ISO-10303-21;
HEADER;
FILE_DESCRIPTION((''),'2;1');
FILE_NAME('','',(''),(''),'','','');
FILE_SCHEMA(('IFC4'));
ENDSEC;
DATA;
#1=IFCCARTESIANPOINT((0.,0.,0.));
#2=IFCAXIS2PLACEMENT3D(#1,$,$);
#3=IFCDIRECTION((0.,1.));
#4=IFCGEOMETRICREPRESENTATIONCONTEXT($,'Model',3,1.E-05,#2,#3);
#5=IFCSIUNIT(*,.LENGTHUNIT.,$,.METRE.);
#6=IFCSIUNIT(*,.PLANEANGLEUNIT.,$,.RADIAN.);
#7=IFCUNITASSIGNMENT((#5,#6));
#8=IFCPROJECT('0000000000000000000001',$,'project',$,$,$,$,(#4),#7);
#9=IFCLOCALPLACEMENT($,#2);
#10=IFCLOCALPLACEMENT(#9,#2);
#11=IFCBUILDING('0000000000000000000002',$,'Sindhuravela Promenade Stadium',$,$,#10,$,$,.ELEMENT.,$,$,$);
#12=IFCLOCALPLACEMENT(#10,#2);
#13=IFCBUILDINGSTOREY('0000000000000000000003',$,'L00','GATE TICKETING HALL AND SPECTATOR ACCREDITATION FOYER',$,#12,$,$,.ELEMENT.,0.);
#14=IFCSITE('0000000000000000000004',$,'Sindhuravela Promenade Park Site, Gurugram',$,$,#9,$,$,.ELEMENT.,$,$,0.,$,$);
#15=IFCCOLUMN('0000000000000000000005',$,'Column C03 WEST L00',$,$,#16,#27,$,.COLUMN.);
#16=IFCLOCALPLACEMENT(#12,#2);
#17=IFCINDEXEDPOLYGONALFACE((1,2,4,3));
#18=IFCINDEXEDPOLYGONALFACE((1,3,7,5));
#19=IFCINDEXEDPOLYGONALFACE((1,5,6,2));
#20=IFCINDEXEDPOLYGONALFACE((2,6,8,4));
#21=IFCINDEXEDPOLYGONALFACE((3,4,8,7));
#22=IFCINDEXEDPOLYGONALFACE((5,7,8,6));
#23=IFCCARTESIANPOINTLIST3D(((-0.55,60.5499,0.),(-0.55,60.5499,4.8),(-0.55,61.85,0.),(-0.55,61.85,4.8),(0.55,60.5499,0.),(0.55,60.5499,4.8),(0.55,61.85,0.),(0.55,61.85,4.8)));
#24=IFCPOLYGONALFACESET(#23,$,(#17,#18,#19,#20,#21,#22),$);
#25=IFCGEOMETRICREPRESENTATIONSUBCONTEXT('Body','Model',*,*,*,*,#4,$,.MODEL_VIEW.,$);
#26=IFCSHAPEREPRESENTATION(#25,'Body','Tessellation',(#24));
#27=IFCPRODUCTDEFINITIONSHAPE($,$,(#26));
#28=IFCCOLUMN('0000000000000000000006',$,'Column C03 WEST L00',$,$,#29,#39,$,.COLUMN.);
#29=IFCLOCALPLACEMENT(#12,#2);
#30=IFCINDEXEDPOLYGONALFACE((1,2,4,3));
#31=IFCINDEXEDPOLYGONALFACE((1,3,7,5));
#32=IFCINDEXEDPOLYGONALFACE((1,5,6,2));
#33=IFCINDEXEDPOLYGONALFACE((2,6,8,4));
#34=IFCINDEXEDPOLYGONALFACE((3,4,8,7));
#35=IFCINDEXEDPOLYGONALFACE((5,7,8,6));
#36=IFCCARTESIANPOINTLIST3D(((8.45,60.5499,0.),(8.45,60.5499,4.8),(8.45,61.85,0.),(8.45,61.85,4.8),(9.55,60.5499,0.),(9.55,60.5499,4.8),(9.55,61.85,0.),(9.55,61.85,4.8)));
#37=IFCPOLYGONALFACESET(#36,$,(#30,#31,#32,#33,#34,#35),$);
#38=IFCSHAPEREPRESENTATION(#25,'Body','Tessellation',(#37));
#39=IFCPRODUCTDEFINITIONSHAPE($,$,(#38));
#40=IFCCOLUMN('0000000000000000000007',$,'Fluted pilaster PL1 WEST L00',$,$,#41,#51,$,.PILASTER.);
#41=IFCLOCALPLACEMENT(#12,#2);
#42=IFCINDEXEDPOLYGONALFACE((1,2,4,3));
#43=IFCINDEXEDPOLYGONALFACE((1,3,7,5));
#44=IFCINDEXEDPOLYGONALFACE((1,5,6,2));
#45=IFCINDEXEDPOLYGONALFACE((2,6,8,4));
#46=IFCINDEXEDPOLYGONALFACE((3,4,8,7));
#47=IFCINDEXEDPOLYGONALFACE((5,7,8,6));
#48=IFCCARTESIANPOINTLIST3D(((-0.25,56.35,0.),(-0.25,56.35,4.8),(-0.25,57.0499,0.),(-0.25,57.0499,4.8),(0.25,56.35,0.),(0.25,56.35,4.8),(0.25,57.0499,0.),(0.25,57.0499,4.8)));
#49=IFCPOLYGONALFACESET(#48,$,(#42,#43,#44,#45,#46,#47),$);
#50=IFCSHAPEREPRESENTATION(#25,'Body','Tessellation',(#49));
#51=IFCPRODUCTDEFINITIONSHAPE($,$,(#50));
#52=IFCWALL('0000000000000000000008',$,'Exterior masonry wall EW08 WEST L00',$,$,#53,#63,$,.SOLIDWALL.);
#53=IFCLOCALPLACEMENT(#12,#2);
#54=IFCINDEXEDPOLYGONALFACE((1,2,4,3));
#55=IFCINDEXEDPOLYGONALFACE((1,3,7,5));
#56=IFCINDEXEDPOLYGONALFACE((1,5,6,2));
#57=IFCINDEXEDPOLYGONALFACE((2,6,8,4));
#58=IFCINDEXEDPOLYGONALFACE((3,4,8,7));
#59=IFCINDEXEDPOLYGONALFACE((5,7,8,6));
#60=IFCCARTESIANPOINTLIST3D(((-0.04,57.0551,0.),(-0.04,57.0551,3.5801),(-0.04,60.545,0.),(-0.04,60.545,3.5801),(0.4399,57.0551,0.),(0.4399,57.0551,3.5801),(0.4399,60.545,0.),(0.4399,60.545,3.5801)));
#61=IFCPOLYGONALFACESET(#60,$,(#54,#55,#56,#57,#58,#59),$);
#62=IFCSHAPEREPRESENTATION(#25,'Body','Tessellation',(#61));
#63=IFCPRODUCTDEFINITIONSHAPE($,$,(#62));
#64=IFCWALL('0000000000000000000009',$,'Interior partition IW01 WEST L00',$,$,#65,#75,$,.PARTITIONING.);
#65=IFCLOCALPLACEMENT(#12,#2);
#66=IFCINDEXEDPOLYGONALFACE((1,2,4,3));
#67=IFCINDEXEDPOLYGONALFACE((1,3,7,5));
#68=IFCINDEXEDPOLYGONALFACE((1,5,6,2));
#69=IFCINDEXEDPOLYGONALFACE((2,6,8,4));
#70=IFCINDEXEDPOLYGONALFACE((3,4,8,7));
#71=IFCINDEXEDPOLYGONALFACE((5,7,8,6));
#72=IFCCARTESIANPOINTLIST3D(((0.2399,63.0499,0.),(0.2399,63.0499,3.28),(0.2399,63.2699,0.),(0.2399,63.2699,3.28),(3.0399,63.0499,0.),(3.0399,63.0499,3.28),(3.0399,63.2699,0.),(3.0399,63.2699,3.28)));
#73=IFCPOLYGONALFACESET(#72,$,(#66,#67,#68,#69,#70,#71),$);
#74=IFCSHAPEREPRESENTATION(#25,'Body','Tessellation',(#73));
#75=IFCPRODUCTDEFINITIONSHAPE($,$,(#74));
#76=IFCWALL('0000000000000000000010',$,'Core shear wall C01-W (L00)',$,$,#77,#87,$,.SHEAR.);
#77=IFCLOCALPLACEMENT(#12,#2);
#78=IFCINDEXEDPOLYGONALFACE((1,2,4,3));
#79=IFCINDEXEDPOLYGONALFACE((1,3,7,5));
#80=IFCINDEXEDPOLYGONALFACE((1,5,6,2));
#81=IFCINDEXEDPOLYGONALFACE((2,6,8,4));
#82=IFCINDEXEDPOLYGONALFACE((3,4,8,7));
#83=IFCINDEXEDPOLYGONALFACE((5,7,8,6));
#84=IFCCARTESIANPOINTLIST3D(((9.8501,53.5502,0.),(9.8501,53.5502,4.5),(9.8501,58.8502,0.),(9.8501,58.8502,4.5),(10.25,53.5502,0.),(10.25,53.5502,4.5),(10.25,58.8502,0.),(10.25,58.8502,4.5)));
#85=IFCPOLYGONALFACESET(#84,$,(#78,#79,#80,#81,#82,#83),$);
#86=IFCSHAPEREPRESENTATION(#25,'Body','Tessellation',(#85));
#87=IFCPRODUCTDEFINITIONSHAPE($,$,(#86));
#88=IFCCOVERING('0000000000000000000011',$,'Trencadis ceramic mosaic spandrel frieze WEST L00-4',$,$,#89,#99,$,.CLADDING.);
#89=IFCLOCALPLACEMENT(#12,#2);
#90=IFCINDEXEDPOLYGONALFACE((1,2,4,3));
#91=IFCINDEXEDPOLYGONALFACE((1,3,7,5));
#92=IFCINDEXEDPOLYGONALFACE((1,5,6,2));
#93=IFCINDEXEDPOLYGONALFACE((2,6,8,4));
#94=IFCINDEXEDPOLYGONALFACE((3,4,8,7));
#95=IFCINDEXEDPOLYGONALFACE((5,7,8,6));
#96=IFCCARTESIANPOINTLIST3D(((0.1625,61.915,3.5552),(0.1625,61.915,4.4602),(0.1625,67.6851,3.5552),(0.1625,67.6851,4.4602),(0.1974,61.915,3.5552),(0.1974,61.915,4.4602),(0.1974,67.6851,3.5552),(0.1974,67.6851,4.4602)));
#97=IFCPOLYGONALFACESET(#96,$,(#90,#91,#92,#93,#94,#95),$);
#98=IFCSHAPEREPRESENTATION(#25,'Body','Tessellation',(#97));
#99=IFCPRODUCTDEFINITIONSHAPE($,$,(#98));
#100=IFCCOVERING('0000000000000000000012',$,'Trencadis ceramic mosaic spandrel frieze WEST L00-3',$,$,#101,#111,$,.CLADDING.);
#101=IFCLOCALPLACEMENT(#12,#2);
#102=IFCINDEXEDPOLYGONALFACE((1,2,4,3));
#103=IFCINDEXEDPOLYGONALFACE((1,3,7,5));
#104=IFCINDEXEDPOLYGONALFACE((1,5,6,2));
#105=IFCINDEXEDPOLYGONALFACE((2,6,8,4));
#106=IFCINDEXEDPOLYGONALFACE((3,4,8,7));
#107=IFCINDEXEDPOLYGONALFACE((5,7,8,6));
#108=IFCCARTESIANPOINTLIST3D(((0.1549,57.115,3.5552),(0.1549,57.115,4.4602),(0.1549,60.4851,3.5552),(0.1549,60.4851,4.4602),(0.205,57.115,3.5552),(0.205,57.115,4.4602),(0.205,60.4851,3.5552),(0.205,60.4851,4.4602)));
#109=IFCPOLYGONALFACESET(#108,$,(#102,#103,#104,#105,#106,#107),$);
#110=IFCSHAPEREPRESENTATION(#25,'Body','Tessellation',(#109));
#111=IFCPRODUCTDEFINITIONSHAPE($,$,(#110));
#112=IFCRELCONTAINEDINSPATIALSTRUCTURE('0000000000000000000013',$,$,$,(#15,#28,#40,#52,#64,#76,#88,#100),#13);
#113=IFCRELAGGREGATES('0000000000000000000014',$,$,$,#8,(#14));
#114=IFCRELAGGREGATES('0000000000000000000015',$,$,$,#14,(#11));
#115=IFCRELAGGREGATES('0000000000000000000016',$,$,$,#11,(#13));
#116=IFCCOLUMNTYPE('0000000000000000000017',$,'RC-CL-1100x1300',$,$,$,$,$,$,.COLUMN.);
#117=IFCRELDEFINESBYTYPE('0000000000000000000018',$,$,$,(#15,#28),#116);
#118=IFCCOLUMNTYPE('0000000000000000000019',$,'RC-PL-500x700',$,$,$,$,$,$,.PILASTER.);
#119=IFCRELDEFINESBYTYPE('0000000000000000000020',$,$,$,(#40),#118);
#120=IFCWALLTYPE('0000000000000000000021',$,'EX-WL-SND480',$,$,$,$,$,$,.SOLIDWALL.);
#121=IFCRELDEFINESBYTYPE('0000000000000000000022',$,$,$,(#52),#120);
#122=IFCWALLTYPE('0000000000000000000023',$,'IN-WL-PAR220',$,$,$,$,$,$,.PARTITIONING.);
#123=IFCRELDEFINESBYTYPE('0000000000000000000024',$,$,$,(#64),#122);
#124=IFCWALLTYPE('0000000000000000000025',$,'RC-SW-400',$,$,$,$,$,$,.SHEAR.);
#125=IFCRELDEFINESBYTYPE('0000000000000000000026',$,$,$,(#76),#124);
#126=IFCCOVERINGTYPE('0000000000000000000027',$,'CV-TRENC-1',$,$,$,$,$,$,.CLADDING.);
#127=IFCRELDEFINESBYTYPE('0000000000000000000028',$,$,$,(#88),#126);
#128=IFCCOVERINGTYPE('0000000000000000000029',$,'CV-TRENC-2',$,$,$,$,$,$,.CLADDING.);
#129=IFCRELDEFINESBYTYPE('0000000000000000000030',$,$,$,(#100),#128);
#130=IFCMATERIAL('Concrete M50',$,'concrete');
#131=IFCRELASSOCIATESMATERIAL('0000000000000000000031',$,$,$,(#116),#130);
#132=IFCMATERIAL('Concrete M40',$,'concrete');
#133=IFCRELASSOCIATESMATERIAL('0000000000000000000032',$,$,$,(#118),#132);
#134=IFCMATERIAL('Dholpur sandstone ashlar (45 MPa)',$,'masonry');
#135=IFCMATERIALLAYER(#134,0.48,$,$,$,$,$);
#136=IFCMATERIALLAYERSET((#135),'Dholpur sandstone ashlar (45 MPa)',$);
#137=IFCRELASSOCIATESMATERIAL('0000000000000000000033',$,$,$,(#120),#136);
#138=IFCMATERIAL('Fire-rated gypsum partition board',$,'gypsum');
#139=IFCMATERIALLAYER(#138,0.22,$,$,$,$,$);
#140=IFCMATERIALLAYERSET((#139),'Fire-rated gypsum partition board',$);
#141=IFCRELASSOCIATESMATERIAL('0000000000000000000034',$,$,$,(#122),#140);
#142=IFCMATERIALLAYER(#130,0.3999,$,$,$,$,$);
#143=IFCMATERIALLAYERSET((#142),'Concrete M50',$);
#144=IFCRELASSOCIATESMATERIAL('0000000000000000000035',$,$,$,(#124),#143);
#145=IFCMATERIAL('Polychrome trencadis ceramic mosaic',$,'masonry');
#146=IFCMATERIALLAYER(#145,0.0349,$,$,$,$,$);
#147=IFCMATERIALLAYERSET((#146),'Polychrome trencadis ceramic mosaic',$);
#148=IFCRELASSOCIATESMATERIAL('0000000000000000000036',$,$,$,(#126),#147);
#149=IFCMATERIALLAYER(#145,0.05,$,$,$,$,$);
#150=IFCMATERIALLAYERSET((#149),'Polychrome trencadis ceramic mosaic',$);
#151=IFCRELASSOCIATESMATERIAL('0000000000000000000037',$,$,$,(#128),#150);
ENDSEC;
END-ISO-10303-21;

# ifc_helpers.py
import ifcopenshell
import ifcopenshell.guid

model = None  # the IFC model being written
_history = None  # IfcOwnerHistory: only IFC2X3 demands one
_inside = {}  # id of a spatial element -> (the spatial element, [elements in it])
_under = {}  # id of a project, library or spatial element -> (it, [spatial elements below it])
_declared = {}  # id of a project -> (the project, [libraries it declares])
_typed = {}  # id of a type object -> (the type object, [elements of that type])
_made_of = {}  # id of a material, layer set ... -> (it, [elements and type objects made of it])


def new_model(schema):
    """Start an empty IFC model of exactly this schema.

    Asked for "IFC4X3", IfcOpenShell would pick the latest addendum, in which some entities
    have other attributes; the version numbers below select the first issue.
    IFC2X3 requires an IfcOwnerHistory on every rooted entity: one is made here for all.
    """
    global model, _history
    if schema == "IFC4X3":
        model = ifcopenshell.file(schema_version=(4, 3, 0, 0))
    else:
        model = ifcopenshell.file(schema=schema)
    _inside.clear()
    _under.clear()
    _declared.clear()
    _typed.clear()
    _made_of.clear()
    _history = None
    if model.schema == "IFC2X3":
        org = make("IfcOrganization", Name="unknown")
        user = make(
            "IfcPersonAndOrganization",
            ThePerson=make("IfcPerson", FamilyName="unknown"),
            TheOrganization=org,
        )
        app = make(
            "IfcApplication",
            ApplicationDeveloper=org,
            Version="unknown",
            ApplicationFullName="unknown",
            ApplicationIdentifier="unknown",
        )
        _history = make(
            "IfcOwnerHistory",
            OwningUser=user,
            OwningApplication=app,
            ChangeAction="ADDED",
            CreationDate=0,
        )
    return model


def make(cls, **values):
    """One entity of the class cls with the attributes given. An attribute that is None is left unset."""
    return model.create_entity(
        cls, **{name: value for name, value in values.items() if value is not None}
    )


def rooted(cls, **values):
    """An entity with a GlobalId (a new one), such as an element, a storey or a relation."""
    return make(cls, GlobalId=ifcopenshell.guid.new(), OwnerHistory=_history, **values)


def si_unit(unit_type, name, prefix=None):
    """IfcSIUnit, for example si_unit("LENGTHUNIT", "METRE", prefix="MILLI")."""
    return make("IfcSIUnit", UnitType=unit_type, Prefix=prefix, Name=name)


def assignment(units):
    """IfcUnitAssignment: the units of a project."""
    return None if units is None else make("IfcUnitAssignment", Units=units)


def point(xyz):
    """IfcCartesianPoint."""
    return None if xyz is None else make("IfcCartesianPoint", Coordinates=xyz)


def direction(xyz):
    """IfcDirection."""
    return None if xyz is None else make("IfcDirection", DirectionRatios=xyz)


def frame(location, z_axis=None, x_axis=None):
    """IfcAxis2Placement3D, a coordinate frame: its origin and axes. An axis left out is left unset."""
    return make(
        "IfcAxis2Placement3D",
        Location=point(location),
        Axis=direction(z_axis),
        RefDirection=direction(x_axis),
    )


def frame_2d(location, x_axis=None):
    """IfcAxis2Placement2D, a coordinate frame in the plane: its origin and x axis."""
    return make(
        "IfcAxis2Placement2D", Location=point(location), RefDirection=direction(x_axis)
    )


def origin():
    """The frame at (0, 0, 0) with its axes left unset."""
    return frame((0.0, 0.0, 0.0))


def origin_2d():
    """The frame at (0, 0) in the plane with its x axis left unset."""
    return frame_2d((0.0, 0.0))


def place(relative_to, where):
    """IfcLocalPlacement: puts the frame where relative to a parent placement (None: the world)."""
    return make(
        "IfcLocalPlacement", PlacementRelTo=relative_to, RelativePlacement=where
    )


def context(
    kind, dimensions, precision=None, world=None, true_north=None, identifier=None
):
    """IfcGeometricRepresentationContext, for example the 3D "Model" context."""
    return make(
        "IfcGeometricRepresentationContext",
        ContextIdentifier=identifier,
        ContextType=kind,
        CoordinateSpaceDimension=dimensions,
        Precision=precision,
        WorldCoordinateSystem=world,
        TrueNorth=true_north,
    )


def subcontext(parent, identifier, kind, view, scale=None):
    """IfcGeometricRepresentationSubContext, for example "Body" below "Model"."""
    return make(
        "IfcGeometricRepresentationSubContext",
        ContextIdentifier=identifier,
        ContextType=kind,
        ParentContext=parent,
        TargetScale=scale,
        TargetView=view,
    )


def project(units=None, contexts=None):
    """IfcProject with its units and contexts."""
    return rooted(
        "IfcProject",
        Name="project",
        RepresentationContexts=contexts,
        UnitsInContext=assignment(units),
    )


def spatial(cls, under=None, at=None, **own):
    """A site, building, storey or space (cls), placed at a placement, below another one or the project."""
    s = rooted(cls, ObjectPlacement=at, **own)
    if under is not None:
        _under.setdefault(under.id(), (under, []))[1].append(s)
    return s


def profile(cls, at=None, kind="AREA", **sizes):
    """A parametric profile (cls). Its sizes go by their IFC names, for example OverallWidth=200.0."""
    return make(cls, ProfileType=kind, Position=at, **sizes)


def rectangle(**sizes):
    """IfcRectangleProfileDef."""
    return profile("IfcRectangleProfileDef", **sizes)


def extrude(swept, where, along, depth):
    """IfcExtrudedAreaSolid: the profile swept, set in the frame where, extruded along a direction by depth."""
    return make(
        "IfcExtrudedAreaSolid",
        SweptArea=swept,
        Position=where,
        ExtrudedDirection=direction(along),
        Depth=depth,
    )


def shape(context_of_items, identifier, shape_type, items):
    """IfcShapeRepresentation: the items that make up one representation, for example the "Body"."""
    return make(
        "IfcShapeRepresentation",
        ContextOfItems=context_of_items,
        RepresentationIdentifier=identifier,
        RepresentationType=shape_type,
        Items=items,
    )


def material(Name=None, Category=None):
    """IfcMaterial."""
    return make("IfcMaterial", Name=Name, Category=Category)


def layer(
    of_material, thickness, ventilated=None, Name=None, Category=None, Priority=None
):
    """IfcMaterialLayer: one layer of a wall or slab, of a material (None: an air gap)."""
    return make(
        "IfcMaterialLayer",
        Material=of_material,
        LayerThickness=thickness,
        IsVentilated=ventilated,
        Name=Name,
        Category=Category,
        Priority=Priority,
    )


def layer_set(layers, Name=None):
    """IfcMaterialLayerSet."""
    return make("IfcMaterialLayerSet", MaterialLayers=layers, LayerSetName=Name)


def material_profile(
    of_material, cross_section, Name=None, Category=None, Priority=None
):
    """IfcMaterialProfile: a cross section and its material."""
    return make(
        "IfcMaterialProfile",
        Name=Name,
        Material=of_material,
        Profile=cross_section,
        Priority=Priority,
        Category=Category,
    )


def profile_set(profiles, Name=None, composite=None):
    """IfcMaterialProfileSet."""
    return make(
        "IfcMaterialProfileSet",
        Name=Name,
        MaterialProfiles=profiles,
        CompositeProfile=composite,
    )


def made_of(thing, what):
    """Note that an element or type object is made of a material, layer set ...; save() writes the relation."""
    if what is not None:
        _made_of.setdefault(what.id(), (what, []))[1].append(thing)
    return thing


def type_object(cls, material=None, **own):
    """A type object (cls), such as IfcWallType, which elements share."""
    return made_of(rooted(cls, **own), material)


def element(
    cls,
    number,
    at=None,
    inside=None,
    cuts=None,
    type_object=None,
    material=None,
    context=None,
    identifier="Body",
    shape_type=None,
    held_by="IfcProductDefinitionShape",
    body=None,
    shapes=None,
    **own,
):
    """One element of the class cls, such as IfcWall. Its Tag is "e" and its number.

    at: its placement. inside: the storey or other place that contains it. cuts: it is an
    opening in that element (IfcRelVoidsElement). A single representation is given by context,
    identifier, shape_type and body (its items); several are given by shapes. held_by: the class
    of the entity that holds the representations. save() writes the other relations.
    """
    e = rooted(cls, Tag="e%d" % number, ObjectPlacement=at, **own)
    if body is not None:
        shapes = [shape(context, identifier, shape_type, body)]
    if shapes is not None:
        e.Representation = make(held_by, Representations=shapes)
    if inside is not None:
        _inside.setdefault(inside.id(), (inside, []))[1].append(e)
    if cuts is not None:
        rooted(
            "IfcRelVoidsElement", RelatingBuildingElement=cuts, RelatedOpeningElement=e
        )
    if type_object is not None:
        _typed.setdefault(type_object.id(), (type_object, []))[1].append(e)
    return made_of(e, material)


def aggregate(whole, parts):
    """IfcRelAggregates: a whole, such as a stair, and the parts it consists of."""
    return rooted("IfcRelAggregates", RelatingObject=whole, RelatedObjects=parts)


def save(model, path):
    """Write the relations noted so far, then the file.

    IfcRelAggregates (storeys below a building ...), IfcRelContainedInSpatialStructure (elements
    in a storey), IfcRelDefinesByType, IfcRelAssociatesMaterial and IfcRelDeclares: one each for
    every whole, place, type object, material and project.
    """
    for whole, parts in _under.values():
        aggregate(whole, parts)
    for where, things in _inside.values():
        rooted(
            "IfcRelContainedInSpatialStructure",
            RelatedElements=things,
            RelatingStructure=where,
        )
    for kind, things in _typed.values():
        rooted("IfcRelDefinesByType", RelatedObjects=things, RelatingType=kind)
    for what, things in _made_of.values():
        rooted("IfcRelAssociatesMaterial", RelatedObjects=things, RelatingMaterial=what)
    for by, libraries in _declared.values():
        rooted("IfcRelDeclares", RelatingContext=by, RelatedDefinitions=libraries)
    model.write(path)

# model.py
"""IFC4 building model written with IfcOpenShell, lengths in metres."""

from ifc_helpers import new_model, si_unit, direction, frame, frame_2d, origin, origin_2d, place, context, subcontext, project, spatial, rectangle, extrude, material, layer, layer_set, material_profile, profile_set, type_object, element, save


model = new_model("IFC4")

# Units and contexts
model_context = context("Model", 3, precision=1e-05, world=origin(), true_north=direction((0.0, 1.0)))
body_context = subcontext(model_context, "Body", "Model", "MODEL_VIEW")
ifc_project = project(units=[si_unit("LENGTHUNIT", "METRE"), si_unit("PLANEANGLEUNIT", "RADIAN")], contexts=[model_context])

# Site, building, storey
site_placement = place(None, origin())
site = spatial("IfcSite", under=ifc_project, at=site_placement, Name="Sindhuravela Promenade Park Site, Gurugram", CompositionType="ELEMENT", RefElevation=0.0)
building_placement = place(site_placement, origin())
building = spatial("IfcBuilding", under=site, at=building_placement, Name="Sindhuravela Promenade Stadium", CompositionType="ELEMENT")
storey_placement = place(building_placement, origin())
storey = spatial("IfcBuildingStorey", under=building, at=storey_placement, Name="L00", Description="GATE TICKETING HALL AND SPECTATOR ACCREDITATION FOYER", CompositionType="ELEMENT", Elevation=0.0)

# Shared definitions
ifc_material_1 = material(Name="Concrete M50", Category="concrete")

# Shared definitions
ifc_material_2 = material(Name="Concrete M40", Category="concrete")

# Columns
ifc_material_profile_1 = material_profile(ifc_material_1, rectangle(XDim=1.1001, YDim=1.3, at=origin_2d()), Name="RC 1100x1300")
ifc_profile_set_1 = profile_set([ifc_material_profile_1], Name="Concrete M50")
column_type_1 = type_object("IfcColumnType", Name="RC-CL-1100x1300", PredefinedType="COLUMN", material=ifc_profile_set_1)
for number, where, z_axis, x_axis, name in (
    (1, (0.0, 61.2, 0.0), (0.0, 0.0, 1.0), (1.0, 0.0, 0.0), "Column C03 WEST L00"),
    (2, (9.0, 61.2, 0.0), (0.0, 0.0, 1.0), (1.0, 0.0, 0.0), "Column C03 WEST L00"),
):
    element("IfcColumn", number, at=place(storey_placement, frame(where, z_axis=z_axis, x_axis=x_axis)), inside=storey, type_object=column_type_1, Name=name, PredefinedType="COLUMN", context=body_context, shape_type="SweptSolid", body=[
        extrude(rectangle(XDim=1.1001, YDim=1.3, at=origin_2d()), origin(), (0.0, 0.0, 1.0), 4.8),
    ])
ifc_material_profile_2 = material_profile(ifc_material_2, rectangle(XDim=0.5, YDim=0.7, at=origin_2d()), Name="PIL 500x700")
ifc_profile_set_2 = profile_set([ifc_material_profile_2], Name="Concrete M40")
column_type_2 = type_object("IfcColumnType", Name="RC-PL-500x700", PredefinedType="PILASTER", material=ifc_profile_set_2)
column_placement = place(storey_placement, frame((0.0, 56.7, 0.0), z_axis=(0.0, 0.0, 1.0), x_axis=(1.0, 0.0, 0.0)))
element("IfcColumn", 3, at=column_placement, inside=storey, type_object=column_type_2, Name="Fluted pilaster PL1 WEST L00", PredefinedType="PILASTER", context=body_context, shape_type="SweptSolid", body=[
    extrude(rectangle(XDim=0.5, YDim=0.7, at=origin_2d()), origin(), (0.0, 0.0, 1.0), 4.8),
])

# Shared definitions
ifc_material_3 = material(Name="Dholpur sandstone ashlar (45 MPa)", Category="masonry")

# Wall
ifc_layer_1 = layer(ifc_material_3, 0.48)
ifc_layer_set_1 = layer_set([ifc_layer_1], Name="Dholpur sandstone ashlar (45 MPa)")
wall_type_1 = type_object("IfcWallType", Name="EX-WL-SND480", PredefinedType="SOLIDWALL", material=ifc_layer_set_1)
wall_1_placement = place(storey_placement, frame((0.2, 57.0549, 0.0), z_axis=(0.0, 0.0, 1.0), x_axis=(0.0, 1.0, 0.0)))
element("IfcWall", 4, at=wall_1_placement, inside=storey, type_object=wall_type_1, Name="Exterior masonry wall EW08 WEST L00", PredefinedType="SOLIDWALL", context=body_context, shape_type="SweptSolid", body=[
    extrude(rectangle(XDim=3.49, YDim=0.48, at=frame_2d((1.7451, 0.0))), origin(), (0.0, 0.0, 1.0), 3.5801),
])

# Shared definitions
ifc_material_4 = material(Name="Fire-rated gypsum partition board", Category="gypsum")

# Walls
ifc_layer_2 = layer(ifc_material_4, 0.22)
ifc_layer_set_2 = layer_set([ifc_layer_2], Name="Fire-rated gypsum partition board")
wall_type_2 = type_object("IfcWallType", Name="IN-WL-PAR220", PredefinedType="PARTITIONING", material=ifc_layer_set_2)
wall_2_placement = place(storey_placement, frame((0.24, 63.1599, 0.0), z_axis=(0.0, 0.0, 1.0), x_axis=(1.0, 0.0, 0.0)))
element("IfcWall", 5, at=wall_2_placement, inside=storey, type_object=wall_type_2, Name="Interior partition IW01 WEST L00", PredefinedType="PARTITIONING", context=body_context, shape_type="SweptSolid", body=[
    extrude(rectangle(XDim=2.8, YDim=0.22, at=frame_2d((1.3999, 0.0))), origin(), (0.0, 0.0, 1.0), 3.28),
])
ifc_layer_3 = layer(ifc_material_1, 0.3999)
ifc_layer_set_3 = layer_set([ifc_layer_3], Name="Concrete M50")
wall_type_3 = type_object("IfcWallType", Name="RC-SW-400", PredefinedType="SHEAR", material=ifc_layer_set_3)
wall_3_placement = place(storey_placement, frame((10.05, 58.8501, 0.0), z_axis=(0.0, 0.0, 1.0), x_axis=(0.0, -1.0, 0.0)))
element("IfcWall", 6, at=wall_3_placement, inside=storey, type_object=wall_type_3, Name="Core shear wall C01-W (L00)", PredefinedType="SHEAR", context=body_context, shape_type="SweptSolid", body=[
    extrude(rectangle(XDim=5.3, YDim=0.3999, at=frame_2d((2.6499, 0.0))), origin(), (0.0, 0.0, 1.0), 4.5),
])

# Coverings
ifc_material_5 = material(Name="Polychrome trencadis ceramic mosaic", Category="masonry")
ifc_layer_4 = layer(ifc_material_5, 0.0349)
ifc_layer_set_4 = layer_set([ifc_layer_4], Name="Polychrome trencadis ceramic mosaic")
covering_type_1 = type_object("IfcCoveringType", Name="CV-TRENC-1", PredefinedType="CLADDING", material=ifc_layer_set_4)
covering_1_placement = place(storey_placement, frame((0.1799, 64.8, 3.5552), z_axis=(0.0, 0.0, 1.0), x_axis=(0.0, 1.0, 0.0)))
element("IfcCovering", 7, at=covering_1_placement, inside=storey, type_object=covering_type_1, Name="Trencadis ceramic mosaic spandrel frieze WEST L00-4", PredefinedType="CLADDING", context=body_context, shape_type="SweptSolid", body=[
    extrude(rectangle(XDim=5.77, YDim=0.0349, at=origin_2d()), origin(), (0.0, 0.0, 1.0), 0.905),
])
ifc_layer_5 = layer(ifc_material_5, 0.05)
ifc_layer_set_5 = layer_set([ifc_layer_5], Name="Polychrome trencadis ceramic mosaic")
covering_type_2 = type_object("IfcCoveringType", Name="CV-TRENC-2", PredefinedType="CLADDING", material=ifc_layer_set_5)
covering_2_placement = place(storey_placement, frame((0.1799, 58.8, 3.5552), z_axis=(0.0, 0.0, 1.0), x_axis=(0.0, 1.0, 0.0)))
element("IfcCovering", 8, at=covering_2_placement, inside=storey, type_object=covering_type_2, Name="Trencadis ceramic mosaic spandrel frieze WEST L00-3", PredefinedType="CLADDING", context=body_context, shape_type="SweptSolid", body=[
    extrude(rectangle(XDim=3.3701, YDim=0.05, at=origin_2d()), origin(), (0.0, 0.0, 1.0), 0.905),
])

save(model, "model.ifc")
